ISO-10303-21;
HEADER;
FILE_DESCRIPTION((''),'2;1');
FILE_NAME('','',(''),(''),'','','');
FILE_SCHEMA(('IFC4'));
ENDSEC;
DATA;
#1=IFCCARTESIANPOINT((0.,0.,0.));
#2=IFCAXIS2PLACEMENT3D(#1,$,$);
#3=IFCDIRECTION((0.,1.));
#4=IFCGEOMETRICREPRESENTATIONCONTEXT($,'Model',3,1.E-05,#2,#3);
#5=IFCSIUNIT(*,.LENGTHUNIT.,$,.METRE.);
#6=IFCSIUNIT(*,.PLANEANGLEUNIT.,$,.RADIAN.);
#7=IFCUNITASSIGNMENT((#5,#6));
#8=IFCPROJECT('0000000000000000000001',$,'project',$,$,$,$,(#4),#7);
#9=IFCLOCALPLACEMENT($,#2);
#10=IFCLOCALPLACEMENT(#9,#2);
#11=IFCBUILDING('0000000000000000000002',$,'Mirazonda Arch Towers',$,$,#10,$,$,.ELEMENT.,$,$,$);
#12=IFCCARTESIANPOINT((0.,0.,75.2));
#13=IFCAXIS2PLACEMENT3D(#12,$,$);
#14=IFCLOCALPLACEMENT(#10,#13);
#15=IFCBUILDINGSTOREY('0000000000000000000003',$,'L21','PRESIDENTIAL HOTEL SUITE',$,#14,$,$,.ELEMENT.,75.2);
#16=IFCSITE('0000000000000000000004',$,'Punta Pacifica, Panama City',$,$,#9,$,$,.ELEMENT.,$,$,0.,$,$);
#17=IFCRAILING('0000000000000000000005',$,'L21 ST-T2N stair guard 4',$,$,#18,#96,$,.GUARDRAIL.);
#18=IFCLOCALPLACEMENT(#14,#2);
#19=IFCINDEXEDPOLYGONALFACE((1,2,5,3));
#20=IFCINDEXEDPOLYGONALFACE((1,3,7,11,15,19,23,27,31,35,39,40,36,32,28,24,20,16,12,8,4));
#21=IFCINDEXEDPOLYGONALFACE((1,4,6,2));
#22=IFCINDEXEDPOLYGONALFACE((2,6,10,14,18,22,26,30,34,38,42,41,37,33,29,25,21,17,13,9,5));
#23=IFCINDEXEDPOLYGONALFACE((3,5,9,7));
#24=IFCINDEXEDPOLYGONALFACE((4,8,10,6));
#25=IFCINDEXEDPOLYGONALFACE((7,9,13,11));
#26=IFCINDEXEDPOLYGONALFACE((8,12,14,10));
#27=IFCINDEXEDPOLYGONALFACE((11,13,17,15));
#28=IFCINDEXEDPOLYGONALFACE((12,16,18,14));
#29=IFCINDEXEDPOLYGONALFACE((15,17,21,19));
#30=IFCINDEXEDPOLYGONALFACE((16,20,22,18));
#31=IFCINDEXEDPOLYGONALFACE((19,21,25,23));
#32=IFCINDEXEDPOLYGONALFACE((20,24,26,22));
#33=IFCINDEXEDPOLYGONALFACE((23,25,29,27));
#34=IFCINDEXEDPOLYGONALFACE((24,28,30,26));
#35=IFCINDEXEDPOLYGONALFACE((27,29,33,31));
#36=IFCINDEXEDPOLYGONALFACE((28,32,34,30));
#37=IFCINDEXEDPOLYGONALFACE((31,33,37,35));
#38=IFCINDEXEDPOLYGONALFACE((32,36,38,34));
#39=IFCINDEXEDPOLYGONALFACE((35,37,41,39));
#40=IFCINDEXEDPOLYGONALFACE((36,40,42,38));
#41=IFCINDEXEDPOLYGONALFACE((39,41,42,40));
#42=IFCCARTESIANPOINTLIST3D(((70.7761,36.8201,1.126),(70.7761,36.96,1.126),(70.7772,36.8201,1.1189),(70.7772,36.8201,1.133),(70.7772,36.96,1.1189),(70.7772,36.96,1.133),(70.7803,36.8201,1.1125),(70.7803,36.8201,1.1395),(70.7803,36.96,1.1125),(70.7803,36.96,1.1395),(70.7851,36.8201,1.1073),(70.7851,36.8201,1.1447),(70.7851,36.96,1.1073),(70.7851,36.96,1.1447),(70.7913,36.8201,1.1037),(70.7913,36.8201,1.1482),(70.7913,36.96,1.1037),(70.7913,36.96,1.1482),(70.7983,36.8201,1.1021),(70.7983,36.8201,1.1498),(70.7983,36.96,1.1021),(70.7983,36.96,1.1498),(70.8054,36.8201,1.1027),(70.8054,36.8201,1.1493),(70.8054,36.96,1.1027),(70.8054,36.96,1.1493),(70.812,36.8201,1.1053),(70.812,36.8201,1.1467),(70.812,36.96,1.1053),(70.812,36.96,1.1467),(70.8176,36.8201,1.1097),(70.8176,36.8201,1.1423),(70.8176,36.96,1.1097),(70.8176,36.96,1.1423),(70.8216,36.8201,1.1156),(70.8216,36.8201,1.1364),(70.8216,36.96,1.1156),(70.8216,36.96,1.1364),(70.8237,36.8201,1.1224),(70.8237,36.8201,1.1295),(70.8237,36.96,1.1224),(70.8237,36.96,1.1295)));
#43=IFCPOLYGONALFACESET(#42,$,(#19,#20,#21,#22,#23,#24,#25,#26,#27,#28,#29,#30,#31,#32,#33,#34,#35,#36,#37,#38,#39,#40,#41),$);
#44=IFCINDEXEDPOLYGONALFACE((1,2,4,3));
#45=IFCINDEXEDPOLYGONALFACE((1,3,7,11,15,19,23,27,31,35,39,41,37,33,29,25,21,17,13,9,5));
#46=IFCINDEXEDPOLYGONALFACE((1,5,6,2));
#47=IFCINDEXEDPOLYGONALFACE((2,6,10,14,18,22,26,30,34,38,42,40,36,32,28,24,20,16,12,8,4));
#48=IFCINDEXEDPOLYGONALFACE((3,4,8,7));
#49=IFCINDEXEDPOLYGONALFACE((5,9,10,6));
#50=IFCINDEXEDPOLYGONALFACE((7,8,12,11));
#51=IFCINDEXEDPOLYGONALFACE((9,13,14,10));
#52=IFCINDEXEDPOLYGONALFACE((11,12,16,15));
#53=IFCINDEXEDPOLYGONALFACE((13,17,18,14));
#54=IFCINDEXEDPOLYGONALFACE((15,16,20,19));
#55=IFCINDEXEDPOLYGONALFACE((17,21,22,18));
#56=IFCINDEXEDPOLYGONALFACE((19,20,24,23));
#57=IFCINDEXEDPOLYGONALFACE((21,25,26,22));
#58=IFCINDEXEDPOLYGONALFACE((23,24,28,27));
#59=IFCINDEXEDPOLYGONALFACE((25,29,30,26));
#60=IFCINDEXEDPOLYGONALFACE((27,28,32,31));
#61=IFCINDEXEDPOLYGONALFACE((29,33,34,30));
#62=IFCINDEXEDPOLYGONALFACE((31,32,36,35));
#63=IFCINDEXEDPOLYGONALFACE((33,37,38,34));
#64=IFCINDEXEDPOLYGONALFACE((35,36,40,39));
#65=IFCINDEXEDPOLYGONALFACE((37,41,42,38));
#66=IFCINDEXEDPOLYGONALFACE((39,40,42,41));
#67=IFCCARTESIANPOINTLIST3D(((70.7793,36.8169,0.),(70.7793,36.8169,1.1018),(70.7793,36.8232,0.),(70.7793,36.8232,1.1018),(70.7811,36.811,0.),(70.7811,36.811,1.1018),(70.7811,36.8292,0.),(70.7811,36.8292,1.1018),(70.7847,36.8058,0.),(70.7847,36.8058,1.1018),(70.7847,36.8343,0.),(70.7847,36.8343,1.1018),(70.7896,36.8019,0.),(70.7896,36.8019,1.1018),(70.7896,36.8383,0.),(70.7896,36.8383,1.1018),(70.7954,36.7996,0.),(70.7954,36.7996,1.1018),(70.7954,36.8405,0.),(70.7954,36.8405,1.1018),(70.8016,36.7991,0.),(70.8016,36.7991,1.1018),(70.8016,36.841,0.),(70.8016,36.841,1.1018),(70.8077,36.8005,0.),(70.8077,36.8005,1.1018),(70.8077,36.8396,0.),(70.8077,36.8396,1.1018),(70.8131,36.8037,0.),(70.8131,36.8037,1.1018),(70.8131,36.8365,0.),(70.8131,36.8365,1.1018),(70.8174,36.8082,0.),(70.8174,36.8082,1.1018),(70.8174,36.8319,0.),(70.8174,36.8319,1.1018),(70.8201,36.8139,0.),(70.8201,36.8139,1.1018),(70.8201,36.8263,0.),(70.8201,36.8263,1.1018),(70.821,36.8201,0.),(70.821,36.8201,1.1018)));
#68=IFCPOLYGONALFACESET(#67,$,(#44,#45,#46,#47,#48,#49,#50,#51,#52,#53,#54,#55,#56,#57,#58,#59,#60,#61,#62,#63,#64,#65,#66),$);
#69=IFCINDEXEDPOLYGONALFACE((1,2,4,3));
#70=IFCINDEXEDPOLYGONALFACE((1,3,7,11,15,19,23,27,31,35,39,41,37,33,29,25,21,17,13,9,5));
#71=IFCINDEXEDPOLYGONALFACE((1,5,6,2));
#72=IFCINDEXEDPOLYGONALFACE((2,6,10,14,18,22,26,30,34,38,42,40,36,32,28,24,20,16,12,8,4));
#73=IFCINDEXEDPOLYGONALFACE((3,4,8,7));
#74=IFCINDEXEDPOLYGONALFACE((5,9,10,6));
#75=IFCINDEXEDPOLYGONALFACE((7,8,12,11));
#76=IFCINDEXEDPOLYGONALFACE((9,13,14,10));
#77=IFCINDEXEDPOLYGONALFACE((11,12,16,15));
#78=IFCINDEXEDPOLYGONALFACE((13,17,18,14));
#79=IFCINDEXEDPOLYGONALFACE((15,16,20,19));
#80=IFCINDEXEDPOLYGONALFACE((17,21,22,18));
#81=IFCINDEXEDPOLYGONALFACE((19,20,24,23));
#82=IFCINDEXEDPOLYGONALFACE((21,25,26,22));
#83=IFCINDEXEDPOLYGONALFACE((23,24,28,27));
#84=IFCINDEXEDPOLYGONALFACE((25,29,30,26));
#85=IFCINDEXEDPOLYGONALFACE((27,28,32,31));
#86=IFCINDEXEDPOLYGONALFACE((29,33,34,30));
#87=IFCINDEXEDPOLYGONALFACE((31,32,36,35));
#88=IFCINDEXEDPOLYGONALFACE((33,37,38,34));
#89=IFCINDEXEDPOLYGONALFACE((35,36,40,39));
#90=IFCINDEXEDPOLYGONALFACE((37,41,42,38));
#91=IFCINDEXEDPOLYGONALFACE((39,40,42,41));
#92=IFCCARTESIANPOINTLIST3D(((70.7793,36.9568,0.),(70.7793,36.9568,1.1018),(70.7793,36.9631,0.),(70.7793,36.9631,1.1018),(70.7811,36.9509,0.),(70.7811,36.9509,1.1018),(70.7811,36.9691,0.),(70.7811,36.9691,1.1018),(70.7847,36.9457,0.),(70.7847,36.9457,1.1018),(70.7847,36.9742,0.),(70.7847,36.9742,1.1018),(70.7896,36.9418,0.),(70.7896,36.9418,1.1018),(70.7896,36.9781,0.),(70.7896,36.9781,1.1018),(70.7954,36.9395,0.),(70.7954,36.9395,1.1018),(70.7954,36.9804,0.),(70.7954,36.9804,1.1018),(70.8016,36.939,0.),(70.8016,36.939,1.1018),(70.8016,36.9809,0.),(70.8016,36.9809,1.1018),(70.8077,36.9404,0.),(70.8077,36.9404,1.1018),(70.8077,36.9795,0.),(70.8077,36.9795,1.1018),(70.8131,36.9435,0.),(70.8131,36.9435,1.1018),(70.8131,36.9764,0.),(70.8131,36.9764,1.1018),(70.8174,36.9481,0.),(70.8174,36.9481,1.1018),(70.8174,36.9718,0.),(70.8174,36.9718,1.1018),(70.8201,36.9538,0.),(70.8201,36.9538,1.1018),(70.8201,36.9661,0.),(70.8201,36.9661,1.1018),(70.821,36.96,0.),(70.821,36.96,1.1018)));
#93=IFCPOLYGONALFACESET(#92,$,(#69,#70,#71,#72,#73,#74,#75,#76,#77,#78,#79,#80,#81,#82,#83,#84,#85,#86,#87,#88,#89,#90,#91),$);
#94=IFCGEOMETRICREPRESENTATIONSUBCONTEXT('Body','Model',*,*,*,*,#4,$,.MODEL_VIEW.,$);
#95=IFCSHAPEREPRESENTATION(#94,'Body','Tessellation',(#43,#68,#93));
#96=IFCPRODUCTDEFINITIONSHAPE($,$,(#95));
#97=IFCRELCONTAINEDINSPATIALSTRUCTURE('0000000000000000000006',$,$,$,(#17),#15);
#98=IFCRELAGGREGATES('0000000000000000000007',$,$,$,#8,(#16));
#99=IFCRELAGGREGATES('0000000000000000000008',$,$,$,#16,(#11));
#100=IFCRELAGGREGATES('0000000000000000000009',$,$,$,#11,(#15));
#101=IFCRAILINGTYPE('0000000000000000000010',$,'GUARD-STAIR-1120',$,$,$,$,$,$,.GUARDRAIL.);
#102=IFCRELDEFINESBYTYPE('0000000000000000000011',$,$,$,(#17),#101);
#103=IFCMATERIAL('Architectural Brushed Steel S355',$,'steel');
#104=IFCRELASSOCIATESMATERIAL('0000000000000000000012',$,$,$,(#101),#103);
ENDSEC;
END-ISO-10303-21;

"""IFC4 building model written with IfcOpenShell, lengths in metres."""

from ifc_helpers import new_model, si_unit, direction, frame, origin, origin_2d, place, context, subcontext, project, spatial, circle, extrude, material, type_object, element, save


model = new_model("IFC4")

# Units and contexts
model_context = context("Model", 3, precision=1e-05, world=origin(), true_north=direction((0.0, 1.0)))
body_context = subcontext(model_context, "Body", "Model", "MODEL_VIEW")
ifc_project = project(units=[si_unit("LENGTHUNIT", "METRE"), si_unit("PLANEANGLEUNIT", "RADIAN")], contexts=[model_context])

# Site, building, storey
site_placement = place(None, origin())
site = spatial("IfcSite", under=ifc_project, at=site_placement, Name="Punta Pacifica, Panama City", CompositionType="ELEMENT", RefElevation=0.0)
building_placement = place(site_placement, origin())
building = spatial("IfcBuilding", under=site, at=building_placement, Name="Mirazonda Arch Towers", CompositionType="ELEMENT")
storey_placement = place(building_placement, frame((0.0, 0.0, 75.2)))
storey = spatial("IfcBuildingStorey", under=building, at=storey_placement, Name="L21", Description="PRESIDENTIAL HOTEL SUITE", CompositionType="ELEMENT", Elevation=75.2)

# Railing
ifc_material_1 = material(Name="Architectural Brushed Steel S355", Category="steel")
railing_type = type_object("IfcRailingType", Name="GUARD-STAIR-1120", PredefinedType="GUARDRAIL", material=ifc_material_1)
railing_1_placement = place(storey_placement, frame((70.8, 36.8201, 0.0)))
element("IfcRailing", 1, at=railing_1_placement, inside=storey, type_object=railing_type, Name="L21 ST-T2N stair guard 4", PredefinedType="GUARDRAIL", context=body_context, shape_type="SweptSolid", body=[
    extrude(circle(Radius=0.0239, at=origin_2d()), frame((0.0, 0.0, 1.126), z_axis=(0.0, 1.0, 0.0), x_axis=(-1.0, 0.0, 0.0)), (0.0, 0.0, 1.0), 0.1399),
    extrude(circle(Radius=0.021, at=origin_2d()), origin(), (0.0, 0.0, 1.0), 1.1018),
    extrude(circle(Radius=0.021, at=origin_2d()), frame((0.0, 0.1399, 0.0)), (0.0, 0.0, 1.0), 1.1018),
])

save(model, "model.ifc")
